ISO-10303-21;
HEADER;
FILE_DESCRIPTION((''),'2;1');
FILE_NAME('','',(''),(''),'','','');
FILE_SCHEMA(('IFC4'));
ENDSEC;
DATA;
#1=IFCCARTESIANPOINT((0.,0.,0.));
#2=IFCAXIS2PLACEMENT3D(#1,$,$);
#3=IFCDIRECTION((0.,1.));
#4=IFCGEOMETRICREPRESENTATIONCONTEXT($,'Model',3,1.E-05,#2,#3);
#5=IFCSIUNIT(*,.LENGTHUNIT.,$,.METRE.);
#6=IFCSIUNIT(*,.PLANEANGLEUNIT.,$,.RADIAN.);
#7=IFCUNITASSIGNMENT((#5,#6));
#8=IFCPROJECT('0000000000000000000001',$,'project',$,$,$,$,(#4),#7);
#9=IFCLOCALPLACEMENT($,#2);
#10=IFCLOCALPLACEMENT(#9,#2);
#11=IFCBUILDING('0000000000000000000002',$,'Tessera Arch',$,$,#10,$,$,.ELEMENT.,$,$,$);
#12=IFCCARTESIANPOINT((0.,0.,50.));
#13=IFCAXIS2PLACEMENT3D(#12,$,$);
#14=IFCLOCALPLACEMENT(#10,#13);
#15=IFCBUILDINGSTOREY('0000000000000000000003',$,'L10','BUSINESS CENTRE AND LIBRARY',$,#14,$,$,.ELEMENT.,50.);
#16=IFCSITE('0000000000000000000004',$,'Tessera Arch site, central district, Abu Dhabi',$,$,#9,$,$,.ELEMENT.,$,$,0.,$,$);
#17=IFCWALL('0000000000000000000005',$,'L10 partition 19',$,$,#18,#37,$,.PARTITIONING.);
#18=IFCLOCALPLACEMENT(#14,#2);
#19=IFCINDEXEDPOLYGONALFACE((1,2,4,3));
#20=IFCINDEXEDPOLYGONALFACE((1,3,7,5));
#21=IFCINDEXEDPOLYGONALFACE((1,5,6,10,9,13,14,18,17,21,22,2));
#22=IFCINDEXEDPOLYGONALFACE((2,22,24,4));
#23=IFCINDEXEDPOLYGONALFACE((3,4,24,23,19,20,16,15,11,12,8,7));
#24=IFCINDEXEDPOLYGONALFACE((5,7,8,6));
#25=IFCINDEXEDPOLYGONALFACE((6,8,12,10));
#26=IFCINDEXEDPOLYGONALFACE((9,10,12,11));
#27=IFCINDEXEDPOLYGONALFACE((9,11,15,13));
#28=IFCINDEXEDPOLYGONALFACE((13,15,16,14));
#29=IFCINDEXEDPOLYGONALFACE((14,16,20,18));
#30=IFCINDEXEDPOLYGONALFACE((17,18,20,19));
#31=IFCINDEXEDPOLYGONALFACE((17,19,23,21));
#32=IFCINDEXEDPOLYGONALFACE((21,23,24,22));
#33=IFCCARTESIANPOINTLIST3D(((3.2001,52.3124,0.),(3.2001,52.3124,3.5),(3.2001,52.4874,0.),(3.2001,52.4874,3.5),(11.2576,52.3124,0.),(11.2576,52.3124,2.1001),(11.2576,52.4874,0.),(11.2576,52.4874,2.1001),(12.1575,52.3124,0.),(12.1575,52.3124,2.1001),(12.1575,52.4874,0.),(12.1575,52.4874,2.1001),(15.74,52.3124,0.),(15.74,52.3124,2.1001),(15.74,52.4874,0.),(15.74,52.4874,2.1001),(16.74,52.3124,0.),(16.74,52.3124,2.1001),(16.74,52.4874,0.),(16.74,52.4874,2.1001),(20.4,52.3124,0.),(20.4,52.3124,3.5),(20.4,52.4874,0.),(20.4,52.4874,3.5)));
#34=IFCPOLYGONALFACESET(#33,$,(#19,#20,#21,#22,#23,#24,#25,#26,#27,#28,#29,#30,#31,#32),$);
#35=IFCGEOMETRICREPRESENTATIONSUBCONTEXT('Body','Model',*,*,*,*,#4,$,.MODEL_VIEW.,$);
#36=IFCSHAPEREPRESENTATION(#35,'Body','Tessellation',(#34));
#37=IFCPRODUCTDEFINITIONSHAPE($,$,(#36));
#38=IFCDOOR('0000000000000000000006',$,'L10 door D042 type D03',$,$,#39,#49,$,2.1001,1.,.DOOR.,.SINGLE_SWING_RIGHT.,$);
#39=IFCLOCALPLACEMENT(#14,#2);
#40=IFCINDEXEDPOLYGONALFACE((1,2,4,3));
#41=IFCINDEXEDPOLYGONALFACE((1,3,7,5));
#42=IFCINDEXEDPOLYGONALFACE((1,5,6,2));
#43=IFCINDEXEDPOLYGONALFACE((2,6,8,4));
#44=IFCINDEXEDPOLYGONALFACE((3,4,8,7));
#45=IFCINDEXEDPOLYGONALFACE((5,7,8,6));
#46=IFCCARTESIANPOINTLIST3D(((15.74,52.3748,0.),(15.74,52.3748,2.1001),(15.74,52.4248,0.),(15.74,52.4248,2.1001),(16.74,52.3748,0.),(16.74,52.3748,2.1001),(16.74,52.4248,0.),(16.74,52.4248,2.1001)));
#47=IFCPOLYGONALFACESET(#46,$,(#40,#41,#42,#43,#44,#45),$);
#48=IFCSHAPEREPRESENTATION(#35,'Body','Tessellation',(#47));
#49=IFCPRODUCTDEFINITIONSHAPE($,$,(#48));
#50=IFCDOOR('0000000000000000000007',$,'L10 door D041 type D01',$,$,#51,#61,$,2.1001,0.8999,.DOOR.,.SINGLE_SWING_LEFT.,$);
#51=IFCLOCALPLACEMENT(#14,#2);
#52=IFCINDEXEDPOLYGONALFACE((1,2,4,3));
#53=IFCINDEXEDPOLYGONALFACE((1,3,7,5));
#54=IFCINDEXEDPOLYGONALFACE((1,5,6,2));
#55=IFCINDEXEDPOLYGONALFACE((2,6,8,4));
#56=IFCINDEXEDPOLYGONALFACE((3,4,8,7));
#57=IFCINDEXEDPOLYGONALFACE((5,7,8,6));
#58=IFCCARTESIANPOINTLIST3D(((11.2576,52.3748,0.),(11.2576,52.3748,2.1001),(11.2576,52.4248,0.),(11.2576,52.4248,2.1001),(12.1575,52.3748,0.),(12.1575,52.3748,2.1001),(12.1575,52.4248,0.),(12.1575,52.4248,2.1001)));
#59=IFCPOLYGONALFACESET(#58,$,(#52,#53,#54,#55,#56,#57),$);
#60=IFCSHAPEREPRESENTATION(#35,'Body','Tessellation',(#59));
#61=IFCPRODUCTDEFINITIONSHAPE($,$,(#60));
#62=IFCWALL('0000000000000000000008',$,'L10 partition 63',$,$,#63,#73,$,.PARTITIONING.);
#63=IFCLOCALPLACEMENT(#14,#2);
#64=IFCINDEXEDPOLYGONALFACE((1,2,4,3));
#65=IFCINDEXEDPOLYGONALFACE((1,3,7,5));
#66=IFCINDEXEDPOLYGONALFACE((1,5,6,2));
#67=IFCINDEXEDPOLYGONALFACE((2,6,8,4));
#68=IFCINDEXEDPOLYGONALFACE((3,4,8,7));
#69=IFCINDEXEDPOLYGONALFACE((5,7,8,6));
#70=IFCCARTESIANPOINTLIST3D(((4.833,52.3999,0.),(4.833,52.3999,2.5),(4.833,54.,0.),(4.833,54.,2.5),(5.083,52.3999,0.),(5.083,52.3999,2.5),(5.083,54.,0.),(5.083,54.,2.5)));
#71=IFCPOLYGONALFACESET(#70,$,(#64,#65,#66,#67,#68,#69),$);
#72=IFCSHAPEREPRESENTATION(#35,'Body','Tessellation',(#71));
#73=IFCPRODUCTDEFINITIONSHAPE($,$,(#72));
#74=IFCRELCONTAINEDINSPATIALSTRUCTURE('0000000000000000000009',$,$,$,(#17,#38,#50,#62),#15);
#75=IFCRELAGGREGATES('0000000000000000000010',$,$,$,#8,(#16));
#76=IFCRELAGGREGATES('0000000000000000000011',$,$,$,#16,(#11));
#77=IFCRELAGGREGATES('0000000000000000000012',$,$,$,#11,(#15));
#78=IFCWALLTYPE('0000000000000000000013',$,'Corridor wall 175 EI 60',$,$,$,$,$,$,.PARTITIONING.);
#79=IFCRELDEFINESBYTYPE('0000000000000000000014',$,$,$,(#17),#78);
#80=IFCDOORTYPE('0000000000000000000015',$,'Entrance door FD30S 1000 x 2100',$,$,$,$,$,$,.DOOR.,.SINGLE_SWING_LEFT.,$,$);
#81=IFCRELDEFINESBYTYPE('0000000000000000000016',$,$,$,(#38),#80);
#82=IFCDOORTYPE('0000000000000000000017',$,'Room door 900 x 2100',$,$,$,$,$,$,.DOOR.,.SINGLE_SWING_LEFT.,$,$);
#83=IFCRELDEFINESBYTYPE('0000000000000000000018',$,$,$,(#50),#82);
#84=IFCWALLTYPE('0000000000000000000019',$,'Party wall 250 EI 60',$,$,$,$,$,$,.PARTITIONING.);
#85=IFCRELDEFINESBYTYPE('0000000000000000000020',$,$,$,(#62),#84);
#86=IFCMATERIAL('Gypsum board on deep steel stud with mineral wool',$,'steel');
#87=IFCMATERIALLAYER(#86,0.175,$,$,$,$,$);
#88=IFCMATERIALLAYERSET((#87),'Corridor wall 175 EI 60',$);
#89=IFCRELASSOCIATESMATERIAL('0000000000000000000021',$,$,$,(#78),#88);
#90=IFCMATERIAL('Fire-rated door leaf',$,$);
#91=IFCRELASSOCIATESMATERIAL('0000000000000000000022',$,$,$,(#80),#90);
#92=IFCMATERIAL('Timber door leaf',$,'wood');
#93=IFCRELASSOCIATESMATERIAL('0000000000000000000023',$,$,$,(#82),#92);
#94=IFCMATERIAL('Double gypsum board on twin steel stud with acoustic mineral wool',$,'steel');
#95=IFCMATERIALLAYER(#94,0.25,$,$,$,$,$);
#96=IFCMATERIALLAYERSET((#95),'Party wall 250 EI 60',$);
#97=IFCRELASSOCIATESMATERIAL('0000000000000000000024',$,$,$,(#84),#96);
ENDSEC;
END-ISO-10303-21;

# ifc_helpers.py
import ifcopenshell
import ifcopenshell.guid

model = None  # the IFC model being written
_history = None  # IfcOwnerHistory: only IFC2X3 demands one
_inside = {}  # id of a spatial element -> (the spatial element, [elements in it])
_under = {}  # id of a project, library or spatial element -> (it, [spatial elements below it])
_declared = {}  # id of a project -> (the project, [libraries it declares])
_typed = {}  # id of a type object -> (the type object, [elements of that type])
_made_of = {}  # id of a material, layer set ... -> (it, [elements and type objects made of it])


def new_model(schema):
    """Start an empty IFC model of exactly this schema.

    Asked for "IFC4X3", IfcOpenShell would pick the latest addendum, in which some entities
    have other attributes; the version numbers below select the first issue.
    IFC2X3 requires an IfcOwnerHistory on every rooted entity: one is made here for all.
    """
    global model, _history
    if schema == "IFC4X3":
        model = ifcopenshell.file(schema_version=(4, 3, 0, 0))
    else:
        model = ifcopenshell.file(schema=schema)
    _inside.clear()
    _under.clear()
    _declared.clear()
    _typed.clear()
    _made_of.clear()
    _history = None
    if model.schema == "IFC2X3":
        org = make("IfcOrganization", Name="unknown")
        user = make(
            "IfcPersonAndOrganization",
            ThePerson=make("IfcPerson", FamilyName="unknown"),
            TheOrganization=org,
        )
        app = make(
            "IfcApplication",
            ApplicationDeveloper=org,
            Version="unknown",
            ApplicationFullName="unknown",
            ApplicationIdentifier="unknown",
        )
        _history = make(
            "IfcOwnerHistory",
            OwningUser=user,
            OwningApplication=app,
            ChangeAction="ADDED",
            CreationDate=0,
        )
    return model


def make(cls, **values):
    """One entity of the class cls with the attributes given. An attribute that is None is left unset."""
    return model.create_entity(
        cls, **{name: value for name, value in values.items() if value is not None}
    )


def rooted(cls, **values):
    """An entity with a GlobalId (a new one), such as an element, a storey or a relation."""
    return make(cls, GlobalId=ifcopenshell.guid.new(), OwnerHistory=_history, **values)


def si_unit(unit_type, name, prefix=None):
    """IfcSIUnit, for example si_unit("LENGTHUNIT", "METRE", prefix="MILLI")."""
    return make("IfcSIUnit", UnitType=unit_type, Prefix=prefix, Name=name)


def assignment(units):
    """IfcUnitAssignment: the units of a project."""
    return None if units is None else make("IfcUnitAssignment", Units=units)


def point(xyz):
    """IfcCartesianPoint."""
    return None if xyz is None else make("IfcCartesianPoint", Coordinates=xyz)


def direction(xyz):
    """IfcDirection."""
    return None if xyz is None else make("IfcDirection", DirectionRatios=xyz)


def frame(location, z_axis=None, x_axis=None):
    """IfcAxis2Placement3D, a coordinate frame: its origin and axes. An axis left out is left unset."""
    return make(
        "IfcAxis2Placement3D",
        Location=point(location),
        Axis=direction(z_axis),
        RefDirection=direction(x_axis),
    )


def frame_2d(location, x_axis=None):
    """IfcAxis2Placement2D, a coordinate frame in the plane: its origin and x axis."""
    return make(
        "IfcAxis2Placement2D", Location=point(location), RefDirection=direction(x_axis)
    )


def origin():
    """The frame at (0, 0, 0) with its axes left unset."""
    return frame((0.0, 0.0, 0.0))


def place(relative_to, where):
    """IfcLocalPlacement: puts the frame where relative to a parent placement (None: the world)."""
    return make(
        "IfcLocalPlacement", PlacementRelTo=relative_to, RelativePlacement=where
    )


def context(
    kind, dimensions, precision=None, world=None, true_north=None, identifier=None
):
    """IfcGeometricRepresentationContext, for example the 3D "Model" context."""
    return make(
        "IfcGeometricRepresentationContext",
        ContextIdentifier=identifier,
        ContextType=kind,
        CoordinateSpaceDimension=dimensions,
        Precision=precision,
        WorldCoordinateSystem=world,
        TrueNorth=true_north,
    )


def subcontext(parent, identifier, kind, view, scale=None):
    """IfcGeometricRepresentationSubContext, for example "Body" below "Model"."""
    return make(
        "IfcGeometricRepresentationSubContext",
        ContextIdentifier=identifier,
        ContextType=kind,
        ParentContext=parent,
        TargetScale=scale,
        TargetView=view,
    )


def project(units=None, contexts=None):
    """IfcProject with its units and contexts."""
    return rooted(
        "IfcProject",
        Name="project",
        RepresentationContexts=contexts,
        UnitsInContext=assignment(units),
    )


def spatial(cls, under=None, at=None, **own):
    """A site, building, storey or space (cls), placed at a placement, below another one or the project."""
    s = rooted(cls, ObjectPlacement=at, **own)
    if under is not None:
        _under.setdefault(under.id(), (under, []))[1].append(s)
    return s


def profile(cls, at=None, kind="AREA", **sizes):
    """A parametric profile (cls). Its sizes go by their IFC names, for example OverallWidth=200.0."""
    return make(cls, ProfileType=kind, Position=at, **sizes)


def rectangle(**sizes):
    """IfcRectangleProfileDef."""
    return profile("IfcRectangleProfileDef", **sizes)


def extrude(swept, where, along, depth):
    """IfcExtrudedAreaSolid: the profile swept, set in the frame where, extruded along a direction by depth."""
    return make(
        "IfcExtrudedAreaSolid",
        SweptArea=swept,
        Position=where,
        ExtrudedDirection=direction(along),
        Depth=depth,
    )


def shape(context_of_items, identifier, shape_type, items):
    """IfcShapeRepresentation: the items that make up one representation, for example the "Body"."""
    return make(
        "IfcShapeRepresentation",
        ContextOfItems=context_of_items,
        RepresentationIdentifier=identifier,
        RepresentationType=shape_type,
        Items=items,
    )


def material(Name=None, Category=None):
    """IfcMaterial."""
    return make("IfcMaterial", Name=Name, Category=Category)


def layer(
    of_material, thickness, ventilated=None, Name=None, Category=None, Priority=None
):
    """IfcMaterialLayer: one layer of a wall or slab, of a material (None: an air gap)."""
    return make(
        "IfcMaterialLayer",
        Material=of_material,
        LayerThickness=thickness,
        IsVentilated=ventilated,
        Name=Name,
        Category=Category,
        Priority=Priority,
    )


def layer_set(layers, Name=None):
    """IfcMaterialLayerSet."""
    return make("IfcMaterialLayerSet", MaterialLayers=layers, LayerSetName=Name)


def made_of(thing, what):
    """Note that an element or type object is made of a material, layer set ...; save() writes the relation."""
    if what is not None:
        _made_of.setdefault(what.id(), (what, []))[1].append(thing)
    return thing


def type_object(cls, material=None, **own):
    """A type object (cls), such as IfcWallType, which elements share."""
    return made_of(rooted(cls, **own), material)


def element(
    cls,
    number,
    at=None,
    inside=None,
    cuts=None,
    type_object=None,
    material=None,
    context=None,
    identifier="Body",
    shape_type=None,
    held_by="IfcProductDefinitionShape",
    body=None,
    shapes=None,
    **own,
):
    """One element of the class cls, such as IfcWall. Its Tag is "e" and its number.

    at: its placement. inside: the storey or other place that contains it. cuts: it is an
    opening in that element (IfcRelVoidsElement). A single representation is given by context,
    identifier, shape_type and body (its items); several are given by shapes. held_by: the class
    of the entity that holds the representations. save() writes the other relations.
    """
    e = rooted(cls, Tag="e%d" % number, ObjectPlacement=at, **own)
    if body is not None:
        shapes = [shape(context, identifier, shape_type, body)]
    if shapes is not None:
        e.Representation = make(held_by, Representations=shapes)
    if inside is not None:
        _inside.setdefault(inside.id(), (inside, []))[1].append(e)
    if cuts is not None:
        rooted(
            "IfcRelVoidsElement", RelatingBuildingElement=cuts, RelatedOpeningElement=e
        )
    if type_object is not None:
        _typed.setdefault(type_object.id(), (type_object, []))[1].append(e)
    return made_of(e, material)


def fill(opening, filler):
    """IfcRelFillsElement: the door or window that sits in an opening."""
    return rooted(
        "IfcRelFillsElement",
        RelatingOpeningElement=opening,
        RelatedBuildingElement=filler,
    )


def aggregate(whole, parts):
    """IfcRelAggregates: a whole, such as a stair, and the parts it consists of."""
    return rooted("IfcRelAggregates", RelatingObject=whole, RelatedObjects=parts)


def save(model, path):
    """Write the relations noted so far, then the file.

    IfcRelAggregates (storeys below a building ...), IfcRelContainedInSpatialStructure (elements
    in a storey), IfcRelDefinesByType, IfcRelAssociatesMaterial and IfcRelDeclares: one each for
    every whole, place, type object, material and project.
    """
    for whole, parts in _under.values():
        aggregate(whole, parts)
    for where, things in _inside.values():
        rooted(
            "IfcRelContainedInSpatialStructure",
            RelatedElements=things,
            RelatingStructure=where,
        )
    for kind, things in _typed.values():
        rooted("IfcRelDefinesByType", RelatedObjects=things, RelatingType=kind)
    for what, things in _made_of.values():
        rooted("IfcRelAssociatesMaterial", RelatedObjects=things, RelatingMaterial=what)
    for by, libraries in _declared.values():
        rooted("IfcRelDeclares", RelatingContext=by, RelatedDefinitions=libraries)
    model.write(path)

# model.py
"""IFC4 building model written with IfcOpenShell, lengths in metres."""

from ifc_helpers import new_model, si_unit, direction, frame, frame_2d, origin, place, context, subcontext, project, spatial, rectangle, extrude, material, layer, layer_set, type_object, element, fill, save


model = new_model("IFC4")

# Units and contexts
model_context = context("Model", 3, precision=1e-05, world=origin(), true_north=direction((0.0, 1.0)))
body_context = subcontext(model_context, "Body", "Model", "MODEL_VIEW")
ifc_project = project(units=[si_unit("LENGTHUNIT", "METRE"), si_unit("PLANEANGLEUNIT", "RADIAN")], contexts=[model_context])

# Site, building, storey
site_placement = place(None, origin())
site = spatial("IfcSite", under=ifc_project, at=site_placement, Name="Tessera Arch site, central district, Abu Dhabi", CompositionType="ELEMENT", RefElevation=0.0)
building_placement = place(site_placement, origin())
building = spatial("IfcBuilding", under=site, at=building_placement, Name="Tessera Arch", CompositionType="ELEMENT")
storey_placement = place(building_placement, frame((0.0, 0.0, 50.0)))
storey = spatial("IfcBuildingStorey", under=building, at=storey_placement, Name="L10", Description="BUSINESS CENTRE AND LIBRARY", CompositionType="ELEMENT", Elevation=50.0)

# Wall, openings, doors
ifc_material_1 = material(Name="Gypsum board on deep steel stud with mineral wool", Category="steel")
ifc_layer_1 = layer(ifc_material_1, 0.175)
ifc_layer_set_1 = layer_set([ifc_layer_1], Name="Corridor wall 175 EI 60")
wall_type_1 = type_object("IfcWallType", Name="Corridor wall 175 EI 60", PredefinedType="PARTITIONING", material=ifc_layer_set_1)
wall_1_placement = place(storey_placement, frame((3.2, 52.3999, 0.0), z_axis=(0.0, 0.0, 1.0), x_axis=(1.0, 0.0, 0.0)))
wall_1 = element("IfcWall", 1, at=wall_1_placement, inside=storey, type_object=wall_type_1, Name="L10 partition 19", PredefinedType="PARTITIONING", context=body_context, shape_type="SweptSolid", body=[
    extrude(rectangle(XDim=17.2, YDim=0.175, at=frame_2d((8.6001, 0.0))), origin(), (0.0, 0.0, 1.0), 3.5),
])
opening_1_placement = place(wall_1_placement, frame((8.0576, 0.0, 0.0)))
opening_1 = element("IfcOpeningElement", 2, at=opening_1_placement, cuts=wall_1, PredefinedType="OPENING", context=body_context, shape_type="SweptSolid", body=[
    extrude(rectangle(XDim=0.8999, YDim=2.1001, at=frame_2d((0.45, 1.05))), frame((0.0, 0.0974, 0.0), z_axis=(0.0, -1.0, 0.0), x_axis=(1.0, 0.0, 0.0)), (0.0, 0.0, 1.0), 0.1951),
])
opening_2_placement = place(wall_1_placement, frame((12.54, 0.0, 0.0)))
opening_2 = element("IfcOpeningElement", 3, at=opening_2_placement, cuts=wall_1, PredefinedType="OPENING", context=body_context, shape_type="SweptSolid", body=[
    extrude(rectangle(XDim=1.0, YDim=2.1001, at=frame_2d((0.5, 1.05))), frame((0.0, 0.0974, 0.0), z_axis=(0.0, -1.0, 0.0), x_axis=(1.0, 0.0, 0.0)), (0.0, 0.0, 1.0), 0.1951),
])
ifc_material_2 = material(Name="Fire-rated door leaf")
door_type_1 = type_object("IfcDoorType", Name="Entrance door FD30S 1000 x 2100", OperationType="SINGLE_SWING_LEFT", PredefinedType="DOOR", material=ifc_material_2)
door_1_placement = place(opening_2_placement, origin())
door_1 = element("IfcDoor", 4, at=door_1_placement, inside=storey, type_object=door_type_1, Name="L10 door D042 type D03", OperationType="SINGLE_SWING_RIGHT", OverallHeight=2.1001, OverallWidth=1.0, PredefinedType="DOOR", context=body_context, shape_type="SweptSolid", body=[
    extrude(rectangle(XDim=1.0, YDim=2.1001, at=frame_2d((0.5, 1.05))), frame((0.0, 0.0249, 0.0), z_axis=(0.0, -1.0, 0.0), x_axis=(1.0, 0.0, 0.0)), (0.0, 0.0, 1.0), 0.05),
])
fill(opening_2, door_1)
ifc_material_3 = material(Name="Timber door leaf", Category="wood")
door_type_2 = type_object("IfcDoorType", Name="Room door 900 x 2100", OperationType="SINGLE_SWING_LEFT", PredefinedType="DOOR", material=ifc_material_3)
door_2_placement = place(opening_1_placement, origin())
door_2 = element("IfcDoor", 5, at=door_2_placement, inside=storey, type_object=door_type_2, Name="L10 door D041 type D01", OperationType="SINGLE_SWING_LEFT", OverallHeight=2.1001, OverallWidth=0.8999, PredefinedType="DOOR", context=body_context, shape_type="SweptSolid", body=[
    extrude(rectangle(XDim=0.8999, YDim=2.1001, at=frame_2d((0.45, 1.05))), frame((0.0, 0.0249, 0.0), z_axis=(0.0, -1.0, 0.0), x_axis=(1.0, 0.0, 0.0)), (0.0, 0.0, 1.0), 0.05),
])
fill(opening_1, door_2)

# Wall
ifc_material_4 = material(Name="Double gypsum board on twin steel stud with acoustic mineral wool", Category="steel")
ifc_layer_2 = layer(ifc_material_4, 0.25)
ifc_layer_set_2 = layer_set([ifc_layer_2], Name="Party wall 250 EI 60")
wall_type_2 = type_object("IfcWallType", Name="Party wall 250 EI 60", PredefinedType="PARTITIONING", material=ifc_layer_set_2)
wall_2_placement = place(storey_placement, frame((4.958, 52.3999, 0.0), z_axis=(0.0, 0.0, 1.0), x_axis=(0.0, 1.0, 0.0)))
element("IfcWall", 6, at=wall_2_placement, inside=storey, type_object=wall_type_2, Name="L10 partition 63", PredefinedType="PARTITIONING", context=body_context, shape_type="SweptSolid", body=[
    extrude(rectangle(XDim=1.6001, YDim=0.25, at=frame_2d((0.8, 0.0))), origin(), (0.0, 0.0, 1.0), 2.5),
])

save(model, "model.ifc")
